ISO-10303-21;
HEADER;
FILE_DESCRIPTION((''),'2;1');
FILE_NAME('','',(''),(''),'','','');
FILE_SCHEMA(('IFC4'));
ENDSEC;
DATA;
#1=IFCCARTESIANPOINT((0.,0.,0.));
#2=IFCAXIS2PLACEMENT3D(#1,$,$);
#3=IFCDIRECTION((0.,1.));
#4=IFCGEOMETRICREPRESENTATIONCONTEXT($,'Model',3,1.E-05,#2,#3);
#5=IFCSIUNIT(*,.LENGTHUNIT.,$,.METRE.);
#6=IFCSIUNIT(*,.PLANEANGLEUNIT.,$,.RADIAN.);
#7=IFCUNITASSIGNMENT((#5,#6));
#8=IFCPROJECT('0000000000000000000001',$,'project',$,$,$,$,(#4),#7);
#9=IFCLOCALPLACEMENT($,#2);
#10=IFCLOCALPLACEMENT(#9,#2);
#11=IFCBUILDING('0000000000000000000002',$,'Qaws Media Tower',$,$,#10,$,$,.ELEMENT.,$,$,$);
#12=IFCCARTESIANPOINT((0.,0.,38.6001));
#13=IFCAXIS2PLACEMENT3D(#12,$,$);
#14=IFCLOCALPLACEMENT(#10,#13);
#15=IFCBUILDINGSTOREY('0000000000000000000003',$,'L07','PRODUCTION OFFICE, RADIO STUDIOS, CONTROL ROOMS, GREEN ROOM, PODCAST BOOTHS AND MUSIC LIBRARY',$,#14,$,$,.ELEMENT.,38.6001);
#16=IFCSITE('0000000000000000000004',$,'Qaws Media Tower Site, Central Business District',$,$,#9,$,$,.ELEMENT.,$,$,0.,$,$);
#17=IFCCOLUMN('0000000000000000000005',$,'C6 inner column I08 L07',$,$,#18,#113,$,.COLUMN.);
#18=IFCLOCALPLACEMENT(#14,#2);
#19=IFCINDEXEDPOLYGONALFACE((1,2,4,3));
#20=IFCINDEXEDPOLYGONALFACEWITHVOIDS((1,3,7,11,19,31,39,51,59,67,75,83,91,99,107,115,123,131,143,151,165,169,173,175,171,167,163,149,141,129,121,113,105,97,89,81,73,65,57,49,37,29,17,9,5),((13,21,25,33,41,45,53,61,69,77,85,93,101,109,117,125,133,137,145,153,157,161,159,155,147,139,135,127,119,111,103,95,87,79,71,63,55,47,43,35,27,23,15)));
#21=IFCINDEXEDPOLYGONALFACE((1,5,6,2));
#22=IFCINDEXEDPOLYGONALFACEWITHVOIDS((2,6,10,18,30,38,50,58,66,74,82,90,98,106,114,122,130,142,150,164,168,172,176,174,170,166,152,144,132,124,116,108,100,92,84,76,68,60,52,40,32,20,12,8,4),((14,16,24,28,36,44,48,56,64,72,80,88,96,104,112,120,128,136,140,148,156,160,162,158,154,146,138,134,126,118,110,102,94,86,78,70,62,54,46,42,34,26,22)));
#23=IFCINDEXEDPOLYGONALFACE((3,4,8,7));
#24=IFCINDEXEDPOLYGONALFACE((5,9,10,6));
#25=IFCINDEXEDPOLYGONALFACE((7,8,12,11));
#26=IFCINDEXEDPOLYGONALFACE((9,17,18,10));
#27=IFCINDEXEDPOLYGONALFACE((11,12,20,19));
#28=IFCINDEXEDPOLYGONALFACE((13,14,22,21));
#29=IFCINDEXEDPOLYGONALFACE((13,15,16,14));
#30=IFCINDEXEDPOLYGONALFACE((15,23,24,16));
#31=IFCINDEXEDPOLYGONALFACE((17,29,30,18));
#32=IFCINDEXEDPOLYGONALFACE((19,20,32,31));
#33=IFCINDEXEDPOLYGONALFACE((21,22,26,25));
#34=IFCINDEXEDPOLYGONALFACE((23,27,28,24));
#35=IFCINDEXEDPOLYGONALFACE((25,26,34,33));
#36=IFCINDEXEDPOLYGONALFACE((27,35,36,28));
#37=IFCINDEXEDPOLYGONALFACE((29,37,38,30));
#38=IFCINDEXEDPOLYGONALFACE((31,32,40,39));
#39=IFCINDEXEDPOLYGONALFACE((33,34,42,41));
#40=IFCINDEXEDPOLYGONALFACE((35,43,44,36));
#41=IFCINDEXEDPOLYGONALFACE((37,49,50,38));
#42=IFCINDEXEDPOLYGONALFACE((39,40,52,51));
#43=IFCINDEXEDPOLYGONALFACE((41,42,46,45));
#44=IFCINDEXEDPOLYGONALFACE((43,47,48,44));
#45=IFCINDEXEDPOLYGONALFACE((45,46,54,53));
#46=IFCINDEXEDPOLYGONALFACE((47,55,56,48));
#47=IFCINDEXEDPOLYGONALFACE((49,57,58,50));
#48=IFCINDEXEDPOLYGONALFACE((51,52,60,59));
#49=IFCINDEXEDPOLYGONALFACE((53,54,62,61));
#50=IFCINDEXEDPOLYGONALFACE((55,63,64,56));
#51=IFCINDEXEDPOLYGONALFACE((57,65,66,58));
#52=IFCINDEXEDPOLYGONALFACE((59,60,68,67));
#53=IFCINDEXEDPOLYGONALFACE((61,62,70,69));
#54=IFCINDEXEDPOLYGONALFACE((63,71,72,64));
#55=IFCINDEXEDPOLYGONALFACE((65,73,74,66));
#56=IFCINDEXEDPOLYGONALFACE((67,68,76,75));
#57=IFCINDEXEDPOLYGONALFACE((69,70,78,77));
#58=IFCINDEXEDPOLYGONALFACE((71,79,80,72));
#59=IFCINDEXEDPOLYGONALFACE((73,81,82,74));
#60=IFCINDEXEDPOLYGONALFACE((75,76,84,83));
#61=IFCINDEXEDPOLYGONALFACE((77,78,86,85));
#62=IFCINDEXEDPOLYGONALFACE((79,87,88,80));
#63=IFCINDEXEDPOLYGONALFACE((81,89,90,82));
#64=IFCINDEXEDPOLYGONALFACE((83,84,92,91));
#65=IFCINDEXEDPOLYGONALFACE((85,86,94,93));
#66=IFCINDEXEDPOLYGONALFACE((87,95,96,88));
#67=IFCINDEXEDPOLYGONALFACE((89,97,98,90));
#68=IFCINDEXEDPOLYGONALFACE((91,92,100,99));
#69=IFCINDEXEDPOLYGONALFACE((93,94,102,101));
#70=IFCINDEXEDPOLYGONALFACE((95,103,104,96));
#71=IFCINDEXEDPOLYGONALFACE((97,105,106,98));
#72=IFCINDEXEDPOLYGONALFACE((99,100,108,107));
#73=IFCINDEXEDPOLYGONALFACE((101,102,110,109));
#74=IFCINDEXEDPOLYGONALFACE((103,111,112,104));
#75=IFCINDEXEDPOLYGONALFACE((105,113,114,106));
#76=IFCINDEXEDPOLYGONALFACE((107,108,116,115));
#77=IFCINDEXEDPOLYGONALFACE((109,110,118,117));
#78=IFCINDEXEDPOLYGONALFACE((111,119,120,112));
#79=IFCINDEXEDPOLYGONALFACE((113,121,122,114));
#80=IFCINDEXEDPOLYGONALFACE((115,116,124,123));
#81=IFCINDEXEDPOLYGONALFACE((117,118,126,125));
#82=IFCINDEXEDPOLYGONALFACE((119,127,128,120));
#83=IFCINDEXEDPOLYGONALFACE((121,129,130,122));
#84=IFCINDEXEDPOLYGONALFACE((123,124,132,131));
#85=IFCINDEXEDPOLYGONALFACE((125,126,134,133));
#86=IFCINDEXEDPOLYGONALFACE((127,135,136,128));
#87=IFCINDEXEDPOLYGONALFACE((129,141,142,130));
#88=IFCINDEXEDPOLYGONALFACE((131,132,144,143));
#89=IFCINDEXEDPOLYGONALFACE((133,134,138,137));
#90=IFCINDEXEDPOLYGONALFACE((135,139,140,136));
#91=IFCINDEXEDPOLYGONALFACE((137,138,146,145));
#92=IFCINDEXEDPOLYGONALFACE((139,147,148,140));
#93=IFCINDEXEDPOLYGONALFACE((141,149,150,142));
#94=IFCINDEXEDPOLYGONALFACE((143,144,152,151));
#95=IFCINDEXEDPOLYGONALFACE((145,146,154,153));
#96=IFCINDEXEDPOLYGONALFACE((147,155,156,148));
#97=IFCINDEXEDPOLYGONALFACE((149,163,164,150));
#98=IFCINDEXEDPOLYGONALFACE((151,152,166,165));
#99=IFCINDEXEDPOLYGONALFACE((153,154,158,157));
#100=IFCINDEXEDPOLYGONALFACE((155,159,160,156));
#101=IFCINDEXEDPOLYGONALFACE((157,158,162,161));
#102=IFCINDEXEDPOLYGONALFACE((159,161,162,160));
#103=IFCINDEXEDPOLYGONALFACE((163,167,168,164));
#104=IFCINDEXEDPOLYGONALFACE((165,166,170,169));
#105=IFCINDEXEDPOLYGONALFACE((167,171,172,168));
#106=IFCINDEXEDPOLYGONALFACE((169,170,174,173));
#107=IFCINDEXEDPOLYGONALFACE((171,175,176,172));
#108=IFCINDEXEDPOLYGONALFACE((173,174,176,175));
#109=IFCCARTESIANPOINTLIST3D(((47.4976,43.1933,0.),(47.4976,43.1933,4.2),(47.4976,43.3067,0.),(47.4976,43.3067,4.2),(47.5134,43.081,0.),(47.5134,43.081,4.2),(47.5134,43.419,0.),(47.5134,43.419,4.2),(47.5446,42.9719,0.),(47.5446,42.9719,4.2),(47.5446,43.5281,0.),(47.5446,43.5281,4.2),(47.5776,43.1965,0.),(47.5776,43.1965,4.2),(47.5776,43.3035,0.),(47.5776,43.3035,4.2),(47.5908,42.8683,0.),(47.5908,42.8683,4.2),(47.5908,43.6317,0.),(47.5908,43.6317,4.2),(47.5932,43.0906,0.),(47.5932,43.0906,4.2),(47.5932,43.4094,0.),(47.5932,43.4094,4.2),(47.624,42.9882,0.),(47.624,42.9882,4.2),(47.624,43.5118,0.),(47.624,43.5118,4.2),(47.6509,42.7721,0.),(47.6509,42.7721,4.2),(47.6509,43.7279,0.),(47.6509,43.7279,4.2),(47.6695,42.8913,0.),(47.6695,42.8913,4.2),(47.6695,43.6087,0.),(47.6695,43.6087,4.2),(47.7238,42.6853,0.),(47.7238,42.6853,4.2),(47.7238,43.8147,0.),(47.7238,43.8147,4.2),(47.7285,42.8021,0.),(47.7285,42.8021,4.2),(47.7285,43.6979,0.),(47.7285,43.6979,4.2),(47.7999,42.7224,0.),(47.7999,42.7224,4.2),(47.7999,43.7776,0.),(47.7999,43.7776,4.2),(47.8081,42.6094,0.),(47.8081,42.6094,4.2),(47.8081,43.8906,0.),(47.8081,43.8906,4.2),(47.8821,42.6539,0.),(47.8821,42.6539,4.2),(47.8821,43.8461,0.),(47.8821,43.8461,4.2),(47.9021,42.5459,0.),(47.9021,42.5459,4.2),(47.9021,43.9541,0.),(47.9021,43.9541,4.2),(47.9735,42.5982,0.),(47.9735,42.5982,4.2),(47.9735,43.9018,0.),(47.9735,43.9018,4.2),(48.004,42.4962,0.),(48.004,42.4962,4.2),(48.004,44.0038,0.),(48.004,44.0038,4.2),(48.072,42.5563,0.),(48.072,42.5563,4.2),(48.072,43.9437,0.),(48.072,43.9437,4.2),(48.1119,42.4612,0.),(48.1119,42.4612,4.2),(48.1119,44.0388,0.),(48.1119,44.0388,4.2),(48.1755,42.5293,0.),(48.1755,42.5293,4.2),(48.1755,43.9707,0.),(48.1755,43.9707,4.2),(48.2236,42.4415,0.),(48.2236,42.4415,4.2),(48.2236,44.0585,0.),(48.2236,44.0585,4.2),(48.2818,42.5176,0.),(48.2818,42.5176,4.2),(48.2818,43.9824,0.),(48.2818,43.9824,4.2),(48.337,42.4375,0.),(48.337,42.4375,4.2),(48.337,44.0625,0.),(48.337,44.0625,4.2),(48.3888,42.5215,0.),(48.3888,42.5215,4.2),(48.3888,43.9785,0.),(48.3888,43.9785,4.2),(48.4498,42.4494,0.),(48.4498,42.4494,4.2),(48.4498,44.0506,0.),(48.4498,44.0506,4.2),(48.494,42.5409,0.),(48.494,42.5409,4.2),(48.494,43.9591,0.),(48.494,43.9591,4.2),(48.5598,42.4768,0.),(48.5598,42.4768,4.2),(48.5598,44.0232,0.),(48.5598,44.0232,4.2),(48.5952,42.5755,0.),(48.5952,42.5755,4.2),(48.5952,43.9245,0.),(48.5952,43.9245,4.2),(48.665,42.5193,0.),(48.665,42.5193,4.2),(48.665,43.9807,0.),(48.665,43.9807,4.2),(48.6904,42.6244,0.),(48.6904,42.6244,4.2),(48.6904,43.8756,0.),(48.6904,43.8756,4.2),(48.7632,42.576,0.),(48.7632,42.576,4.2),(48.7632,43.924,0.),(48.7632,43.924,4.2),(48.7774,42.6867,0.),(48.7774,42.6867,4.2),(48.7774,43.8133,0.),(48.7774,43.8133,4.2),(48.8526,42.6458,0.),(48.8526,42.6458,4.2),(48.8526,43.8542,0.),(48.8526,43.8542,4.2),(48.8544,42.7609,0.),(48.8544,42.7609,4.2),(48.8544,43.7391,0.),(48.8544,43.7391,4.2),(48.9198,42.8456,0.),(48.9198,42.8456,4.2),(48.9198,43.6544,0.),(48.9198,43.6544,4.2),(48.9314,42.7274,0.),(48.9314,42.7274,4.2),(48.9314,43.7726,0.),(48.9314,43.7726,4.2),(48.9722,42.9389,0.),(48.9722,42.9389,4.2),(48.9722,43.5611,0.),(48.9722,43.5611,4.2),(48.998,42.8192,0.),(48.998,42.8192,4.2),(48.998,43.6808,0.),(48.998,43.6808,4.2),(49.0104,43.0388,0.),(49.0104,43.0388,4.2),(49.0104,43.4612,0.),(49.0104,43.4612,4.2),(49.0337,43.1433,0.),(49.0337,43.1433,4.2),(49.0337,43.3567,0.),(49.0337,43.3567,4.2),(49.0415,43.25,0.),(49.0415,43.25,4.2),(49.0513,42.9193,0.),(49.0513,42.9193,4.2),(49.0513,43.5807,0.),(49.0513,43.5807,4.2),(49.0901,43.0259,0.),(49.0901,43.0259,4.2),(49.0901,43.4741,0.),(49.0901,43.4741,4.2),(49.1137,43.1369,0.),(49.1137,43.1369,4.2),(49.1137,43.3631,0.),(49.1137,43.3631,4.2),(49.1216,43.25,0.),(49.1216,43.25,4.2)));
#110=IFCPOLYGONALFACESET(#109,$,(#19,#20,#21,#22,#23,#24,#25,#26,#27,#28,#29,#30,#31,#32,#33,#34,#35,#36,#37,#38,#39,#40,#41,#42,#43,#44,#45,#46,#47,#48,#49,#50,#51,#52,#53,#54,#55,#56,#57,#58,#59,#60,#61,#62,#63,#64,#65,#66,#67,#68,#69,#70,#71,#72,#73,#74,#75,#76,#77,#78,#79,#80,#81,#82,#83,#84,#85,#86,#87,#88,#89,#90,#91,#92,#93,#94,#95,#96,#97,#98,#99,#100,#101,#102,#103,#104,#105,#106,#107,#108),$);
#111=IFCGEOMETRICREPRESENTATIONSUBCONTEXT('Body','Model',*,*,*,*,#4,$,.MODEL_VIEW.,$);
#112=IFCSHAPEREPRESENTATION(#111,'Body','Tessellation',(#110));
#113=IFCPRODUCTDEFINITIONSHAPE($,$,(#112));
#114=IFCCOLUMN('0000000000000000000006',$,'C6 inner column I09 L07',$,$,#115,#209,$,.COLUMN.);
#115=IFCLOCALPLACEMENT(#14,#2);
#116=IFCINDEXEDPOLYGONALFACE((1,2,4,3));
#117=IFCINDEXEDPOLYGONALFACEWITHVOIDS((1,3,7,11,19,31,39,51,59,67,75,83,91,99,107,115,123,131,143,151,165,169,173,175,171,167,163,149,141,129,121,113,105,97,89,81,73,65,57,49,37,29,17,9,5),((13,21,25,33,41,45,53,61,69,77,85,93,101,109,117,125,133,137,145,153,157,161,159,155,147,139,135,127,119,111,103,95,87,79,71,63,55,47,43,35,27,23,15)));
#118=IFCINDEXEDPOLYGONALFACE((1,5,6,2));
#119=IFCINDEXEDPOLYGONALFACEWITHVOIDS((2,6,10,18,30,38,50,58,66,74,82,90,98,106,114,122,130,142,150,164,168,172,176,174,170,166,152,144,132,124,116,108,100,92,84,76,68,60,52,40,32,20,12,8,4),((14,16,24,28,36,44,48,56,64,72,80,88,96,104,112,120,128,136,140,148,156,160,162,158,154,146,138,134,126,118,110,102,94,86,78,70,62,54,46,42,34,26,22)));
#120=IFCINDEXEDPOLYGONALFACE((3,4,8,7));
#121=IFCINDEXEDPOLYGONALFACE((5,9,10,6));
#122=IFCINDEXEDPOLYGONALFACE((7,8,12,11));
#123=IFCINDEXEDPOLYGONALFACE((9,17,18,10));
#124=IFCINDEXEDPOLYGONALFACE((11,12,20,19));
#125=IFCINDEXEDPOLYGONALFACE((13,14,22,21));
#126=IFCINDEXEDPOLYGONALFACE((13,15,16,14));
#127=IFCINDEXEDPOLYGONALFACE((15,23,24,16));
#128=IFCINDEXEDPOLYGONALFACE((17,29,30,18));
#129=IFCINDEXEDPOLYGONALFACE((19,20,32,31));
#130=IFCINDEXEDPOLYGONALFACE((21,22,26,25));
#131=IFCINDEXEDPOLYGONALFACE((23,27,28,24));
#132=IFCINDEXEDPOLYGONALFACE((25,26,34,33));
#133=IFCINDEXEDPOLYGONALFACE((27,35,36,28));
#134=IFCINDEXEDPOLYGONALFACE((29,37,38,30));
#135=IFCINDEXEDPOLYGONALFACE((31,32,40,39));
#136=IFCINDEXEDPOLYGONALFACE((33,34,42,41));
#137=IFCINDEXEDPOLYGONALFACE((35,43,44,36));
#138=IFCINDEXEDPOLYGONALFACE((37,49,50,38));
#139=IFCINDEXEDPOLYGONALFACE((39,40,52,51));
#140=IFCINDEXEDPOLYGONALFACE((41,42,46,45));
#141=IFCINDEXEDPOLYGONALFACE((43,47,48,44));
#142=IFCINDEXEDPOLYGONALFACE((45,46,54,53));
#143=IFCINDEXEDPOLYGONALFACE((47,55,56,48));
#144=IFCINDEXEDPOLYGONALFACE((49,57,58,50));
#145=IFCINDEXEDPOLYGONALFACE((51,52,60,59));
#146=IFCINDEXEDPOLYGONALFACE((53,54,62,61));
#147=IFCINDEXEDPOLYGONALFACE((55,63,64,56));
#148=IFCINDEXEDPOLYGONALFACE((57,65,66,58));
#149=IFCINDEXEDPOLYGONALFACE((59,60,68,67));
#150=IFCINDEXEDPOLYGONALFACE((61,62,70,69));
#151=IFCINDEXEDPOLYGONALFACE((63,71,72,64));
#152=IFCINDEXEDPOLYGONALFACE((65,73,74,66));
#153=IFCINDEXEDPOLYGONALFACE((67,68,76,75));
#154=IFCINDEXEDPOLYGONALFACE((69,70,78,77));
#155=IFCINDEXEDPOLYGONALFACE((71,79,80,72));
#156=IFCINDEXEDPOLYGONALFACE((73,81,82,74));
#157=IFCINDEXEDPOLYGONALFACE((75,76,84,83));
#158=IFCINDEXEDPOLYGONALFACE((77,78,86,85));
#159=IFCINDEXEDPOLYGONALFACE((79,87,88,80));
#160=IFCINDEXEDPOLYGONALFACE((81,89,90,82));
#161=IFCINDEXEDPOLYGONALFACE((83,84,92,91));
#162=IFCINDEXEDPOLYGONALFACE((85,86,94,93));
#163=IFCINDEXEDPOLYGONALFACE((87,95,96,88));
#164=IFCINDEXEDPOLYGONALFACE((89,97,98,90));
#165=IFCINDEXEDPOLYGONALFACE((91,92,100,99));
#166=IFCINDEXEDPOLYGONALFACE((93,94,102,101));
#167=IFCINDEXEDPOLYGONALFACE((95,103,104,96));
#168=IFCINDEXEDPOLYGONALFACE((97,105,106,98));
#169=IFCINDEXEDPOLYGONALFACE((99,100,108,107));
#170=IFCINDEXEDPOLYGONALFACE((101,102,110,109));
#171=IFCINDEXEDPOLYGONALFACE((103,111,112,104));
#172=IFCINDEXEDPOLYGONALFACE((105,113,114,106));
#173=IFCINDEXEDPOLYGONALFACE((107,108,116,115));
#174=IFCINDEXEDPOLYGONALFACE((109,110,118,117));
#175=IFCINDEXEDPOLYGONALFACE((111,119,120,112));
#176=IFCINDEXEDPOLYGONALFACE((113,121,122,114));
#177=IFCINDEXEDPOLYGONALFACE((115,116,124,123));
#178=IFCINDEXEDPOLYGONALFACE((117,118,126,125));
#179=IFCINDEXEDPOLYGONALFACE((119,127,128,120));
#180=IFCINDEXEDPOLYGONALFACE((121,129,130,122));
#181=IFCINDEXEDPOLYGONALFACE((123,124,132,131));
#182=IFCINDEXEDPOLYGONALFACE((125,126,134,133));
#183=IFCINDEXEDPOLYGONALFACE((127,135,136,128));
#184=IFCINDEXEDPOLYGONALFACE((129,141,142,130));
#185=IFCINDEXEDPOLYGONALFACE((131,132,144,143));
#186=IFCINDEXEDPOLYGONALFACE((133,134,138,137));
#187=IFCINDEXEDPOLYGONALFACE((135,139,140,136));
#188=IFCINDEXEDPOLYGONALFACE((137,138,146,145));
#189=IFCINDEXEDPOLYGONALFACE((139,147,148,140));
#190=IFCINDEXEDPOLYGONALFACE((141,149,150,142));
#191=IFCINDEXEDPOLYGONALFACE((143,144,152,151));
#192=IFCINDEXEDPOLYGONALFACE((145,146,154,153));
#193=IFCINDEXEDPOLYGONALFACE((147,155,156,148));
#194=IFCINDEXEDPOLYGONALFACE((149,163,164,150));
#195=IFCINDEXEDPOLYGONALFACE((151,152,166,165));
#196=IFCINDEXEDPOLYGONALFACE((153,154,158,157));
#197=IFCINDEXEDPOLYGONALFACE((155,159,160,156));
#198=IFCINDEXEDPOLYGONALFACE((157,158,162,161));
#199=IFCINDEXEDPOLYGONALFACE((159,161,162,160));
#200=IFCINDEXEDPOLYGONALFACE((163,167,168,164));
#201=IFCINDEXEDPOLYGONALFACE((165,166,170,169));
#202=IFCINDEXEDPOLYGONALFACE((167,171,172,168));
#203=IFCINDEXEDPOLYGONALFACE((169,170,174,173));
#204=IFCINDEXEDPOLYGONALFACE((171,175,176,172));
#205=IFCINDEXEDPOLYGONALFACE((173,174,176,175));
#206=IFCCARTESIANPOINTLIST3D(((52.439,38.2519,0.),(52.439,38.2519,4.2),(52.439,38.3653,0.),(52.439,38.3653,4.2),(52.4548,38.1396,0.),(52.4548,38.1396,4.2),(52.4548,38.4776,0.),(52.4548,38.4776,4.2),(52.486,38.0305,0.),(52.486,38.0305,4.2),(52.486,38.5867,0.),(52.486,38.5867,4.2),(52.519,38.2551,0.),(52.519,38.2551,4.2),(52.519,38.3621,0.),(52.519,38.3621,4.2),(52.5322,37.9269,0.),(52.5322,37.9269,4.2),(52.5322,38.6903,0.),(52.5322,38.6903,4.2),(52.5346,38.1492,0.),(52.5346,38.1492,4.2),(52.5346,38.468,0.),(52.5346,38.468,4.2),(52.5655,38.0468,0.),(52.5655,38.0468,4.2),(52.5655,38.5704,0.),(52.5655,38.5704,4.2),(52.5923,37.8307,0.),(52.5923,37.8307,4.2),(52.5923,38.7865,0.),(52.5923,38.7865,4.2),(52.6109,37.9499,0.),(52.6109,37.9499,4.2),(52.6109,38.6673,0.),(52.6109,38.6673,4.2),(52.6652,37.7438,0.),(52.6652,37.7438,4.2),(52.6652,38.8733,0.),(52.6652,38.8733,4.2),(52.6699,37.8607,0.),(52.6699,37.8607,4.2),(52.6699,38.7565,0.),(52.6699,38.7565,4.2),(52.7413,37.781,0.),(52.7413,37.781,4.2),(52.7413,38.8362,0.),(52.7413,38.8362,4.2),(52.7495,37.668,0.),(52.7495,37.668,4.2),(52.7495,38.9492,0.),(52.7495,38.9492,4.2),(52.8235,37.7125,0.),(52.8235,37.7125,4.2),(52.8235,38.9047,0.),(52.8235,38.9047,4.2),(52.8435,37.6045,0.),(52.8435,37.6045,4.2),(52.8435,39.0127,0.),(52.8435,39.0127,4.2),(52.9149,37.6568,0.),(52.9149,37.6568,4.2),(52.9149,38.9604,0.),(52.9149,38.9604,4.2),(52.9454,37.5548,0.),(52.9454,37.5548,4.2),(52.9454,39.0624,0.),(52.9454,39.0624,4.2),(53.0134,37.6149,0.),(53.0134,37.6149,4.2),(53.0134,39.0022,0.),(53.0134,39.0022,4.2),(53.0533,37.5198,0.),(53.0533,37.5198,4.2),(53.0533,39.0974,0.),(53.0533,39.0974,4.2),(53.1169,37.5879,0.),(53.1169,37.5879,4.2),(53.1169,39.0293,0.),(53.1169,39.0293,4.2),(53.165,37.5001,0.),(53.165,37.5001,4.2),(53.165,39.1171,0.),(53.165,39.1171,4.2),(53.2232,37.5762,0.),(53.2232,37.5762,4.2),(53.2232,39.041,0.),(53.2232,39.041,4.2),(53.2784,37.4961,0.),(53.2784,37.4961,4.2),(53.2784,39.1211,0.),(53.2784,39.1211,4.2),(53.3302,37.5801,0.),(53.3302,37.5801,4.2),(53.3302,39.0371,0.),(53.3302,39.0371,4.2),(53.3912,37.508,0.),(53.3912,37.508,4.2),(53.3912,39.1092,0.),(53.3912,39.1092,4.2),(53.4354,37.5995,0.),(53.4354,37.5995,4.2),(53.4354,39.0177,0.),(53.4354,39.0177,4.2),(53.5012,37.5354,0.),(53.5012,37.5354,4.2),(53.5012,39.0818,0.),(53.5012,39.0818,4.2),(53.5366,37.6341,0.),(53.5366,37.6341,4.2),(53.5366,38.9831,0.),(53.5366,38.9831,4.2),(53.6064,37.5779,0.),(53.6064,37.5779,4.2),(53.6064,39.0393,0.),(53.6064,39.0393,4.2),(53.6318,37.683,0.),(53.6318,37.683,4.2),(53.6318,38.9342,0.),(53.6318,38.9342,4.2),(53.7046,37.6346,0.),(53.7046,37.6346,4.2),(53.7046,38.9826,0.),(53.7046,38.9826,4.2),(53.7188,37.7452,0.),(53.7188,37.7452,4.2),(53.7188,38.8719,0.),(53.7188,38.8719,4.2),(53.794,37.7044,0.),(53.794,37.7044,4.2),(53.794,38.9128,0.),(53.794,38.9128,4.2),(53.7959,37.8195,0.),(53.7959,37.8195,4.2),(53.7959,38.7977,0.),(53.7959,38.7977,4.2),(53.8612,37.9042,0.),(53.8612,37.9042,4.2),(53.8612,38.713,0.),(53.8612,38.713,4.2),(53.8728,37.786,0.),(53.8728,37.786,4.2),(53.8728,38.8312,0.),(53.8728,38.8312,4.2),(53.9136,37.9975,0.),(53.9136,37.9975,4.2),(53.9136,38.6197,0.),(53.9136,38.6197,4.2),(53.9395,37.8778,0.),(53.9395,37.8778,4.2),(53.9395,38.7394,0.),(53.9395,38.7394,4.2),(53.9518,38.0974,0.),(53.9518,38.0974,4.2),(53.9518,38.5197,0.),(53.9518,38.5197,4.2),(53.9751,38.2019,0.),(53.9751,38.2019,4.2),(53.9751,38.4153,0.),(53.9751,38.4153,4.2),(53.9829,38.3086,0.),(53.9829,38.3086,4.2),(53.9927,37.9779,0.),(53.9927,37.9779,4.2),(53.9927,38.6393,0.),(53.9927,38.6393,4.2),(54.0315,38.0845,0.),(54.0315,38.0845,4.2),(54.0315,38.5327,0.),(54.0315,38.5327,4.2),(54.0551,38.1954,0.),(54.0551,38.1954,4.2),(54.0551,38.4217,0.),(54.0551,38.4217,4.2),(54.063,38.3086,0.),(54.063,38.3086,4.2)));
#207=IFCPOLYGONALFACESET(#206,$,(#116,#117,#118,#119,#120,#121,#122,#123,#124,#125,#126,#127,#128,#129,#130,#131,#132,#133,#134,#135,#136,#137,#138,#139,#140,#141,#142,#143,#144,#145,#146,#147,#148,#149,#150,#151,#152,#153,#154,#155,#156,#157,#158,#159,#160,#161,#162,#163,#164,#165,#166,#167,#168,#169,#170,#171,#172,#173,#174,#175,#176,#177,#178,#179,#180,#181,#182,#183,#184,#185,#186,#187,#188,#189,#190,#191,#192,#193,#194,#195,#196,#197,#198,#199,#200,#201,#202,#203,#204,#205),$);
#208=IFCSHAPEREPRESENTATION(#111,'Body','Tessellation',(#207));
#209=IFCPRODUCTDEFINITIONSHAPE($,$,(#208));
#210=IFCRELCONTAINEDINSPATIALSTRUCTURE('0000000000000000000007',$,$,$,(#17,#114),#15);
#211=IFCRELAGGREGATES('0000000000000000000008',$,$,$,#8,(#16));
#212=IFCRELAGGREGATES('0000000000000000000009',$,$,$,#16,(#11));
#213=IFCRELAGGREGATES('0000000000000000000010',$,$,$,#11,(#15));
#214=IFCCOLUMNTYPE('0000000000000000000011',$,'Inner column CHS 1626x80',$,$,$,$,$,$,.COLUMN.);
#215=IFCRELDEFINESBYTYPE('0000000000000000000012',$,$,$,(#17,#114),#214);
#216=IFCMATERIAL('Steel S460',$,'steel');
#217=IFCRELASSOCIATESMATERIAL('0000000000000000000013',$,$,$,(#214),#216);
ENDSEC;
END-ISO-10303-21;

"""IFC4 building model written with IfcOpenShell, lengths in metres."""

from ifc_helpers import new_model, si_unit, direction, frame, origin, origin_2d, place, context, subcontext, project, spatial, hollow_circle, extrude, material, material_profile, profile_set, type_object, element, save


model = new_model("IFC4")

# Units and contexts
model_context = context("Model", 3, precision=1e-05, world=origin(), true_north=direction((0.0, 1.0)))
body_context = subcontext(model_context, "Body", "Model", "MODEL_VIEW")
ifc_project = project(units=[si_unit("LENGTHUNIT", "METRE"), si_unit("PLANEANGLEUNIT", "RADIAN")], contexts=[model_context])

# Site, building, storey
site_placement = place(None, origin())
site = spatial("IfcSite", under=ifc_project, at=site_placement, Name="Qaws Media Tower Site, Central Business District", CompositionType="ELEMENT", RefElevation=0.0)
building_placement = place(site_placement, origin())
building = spatial("IfcBuilding", under=site, at=building_placement, Name="Qaws Media Tower", CompositionType="ELEMENT")
storey_placement = place(building_placement, frame((0.0, 0.0, 38.6001)))
storey = spatial("IfcBuildingStorey", under=building, at=storey_placement, Name="L07", Description="PRODUCTION OFFICE, RADIO STUDIOS, CONTROL ROOMS, GREEN ROOM, PODCAST BOOTHS AND MUSIC LIBRARY", CompositionType="ELEMENT", Elevation=38.6001)

# Columns
ifc_material_1 = material(Name="Steel S460", Category="steel")
ifc_material_profile_1 = material_profile(ifc_material_1, hollow_circle(Radius=0.813, WallThickness=0.0801, at=origin_2d()), Name="CHS 1626x80")
ifc_profile_set_1 = profile_set([ifc_material_profile_1], Name="Steel S460")
column_type = type_object("IfcColumnType", Name="Inner column CHS 1626x80", PredefinedType="COLUMN", material=ifc_profile_set_1)
for number, where, z_axis, x_axis, name in (
    (1, (48.3086, 43.25, 0.0), (0.0, 0.0, 1.0), (1.0, 0.0, 0.0), "C6 inner column I08 L07"),
    (2, (53.25, 38.3086, 0.0), (0.0, 0.0, 1.0), (1.0, 0.0, 0.0), "C6 inner column I09 L07"),
):
    element("IfcColumn", number, at=place(storey_placement, frame(where, z_axis=z_axis, x_axis=x_axis)), inside=storey, type_object=column_type, Name=name, PredefinedType="COLUMN", context=body_context, shape_type="SweptSolid", body=[
        extrude(hollow_circle(Radius=0.813, WallThickness=0.0801, at=origin_2d()), origin(), (0.0, 0.0, 1.0), 4.2),
    ])

save(model, "model.ifc")
